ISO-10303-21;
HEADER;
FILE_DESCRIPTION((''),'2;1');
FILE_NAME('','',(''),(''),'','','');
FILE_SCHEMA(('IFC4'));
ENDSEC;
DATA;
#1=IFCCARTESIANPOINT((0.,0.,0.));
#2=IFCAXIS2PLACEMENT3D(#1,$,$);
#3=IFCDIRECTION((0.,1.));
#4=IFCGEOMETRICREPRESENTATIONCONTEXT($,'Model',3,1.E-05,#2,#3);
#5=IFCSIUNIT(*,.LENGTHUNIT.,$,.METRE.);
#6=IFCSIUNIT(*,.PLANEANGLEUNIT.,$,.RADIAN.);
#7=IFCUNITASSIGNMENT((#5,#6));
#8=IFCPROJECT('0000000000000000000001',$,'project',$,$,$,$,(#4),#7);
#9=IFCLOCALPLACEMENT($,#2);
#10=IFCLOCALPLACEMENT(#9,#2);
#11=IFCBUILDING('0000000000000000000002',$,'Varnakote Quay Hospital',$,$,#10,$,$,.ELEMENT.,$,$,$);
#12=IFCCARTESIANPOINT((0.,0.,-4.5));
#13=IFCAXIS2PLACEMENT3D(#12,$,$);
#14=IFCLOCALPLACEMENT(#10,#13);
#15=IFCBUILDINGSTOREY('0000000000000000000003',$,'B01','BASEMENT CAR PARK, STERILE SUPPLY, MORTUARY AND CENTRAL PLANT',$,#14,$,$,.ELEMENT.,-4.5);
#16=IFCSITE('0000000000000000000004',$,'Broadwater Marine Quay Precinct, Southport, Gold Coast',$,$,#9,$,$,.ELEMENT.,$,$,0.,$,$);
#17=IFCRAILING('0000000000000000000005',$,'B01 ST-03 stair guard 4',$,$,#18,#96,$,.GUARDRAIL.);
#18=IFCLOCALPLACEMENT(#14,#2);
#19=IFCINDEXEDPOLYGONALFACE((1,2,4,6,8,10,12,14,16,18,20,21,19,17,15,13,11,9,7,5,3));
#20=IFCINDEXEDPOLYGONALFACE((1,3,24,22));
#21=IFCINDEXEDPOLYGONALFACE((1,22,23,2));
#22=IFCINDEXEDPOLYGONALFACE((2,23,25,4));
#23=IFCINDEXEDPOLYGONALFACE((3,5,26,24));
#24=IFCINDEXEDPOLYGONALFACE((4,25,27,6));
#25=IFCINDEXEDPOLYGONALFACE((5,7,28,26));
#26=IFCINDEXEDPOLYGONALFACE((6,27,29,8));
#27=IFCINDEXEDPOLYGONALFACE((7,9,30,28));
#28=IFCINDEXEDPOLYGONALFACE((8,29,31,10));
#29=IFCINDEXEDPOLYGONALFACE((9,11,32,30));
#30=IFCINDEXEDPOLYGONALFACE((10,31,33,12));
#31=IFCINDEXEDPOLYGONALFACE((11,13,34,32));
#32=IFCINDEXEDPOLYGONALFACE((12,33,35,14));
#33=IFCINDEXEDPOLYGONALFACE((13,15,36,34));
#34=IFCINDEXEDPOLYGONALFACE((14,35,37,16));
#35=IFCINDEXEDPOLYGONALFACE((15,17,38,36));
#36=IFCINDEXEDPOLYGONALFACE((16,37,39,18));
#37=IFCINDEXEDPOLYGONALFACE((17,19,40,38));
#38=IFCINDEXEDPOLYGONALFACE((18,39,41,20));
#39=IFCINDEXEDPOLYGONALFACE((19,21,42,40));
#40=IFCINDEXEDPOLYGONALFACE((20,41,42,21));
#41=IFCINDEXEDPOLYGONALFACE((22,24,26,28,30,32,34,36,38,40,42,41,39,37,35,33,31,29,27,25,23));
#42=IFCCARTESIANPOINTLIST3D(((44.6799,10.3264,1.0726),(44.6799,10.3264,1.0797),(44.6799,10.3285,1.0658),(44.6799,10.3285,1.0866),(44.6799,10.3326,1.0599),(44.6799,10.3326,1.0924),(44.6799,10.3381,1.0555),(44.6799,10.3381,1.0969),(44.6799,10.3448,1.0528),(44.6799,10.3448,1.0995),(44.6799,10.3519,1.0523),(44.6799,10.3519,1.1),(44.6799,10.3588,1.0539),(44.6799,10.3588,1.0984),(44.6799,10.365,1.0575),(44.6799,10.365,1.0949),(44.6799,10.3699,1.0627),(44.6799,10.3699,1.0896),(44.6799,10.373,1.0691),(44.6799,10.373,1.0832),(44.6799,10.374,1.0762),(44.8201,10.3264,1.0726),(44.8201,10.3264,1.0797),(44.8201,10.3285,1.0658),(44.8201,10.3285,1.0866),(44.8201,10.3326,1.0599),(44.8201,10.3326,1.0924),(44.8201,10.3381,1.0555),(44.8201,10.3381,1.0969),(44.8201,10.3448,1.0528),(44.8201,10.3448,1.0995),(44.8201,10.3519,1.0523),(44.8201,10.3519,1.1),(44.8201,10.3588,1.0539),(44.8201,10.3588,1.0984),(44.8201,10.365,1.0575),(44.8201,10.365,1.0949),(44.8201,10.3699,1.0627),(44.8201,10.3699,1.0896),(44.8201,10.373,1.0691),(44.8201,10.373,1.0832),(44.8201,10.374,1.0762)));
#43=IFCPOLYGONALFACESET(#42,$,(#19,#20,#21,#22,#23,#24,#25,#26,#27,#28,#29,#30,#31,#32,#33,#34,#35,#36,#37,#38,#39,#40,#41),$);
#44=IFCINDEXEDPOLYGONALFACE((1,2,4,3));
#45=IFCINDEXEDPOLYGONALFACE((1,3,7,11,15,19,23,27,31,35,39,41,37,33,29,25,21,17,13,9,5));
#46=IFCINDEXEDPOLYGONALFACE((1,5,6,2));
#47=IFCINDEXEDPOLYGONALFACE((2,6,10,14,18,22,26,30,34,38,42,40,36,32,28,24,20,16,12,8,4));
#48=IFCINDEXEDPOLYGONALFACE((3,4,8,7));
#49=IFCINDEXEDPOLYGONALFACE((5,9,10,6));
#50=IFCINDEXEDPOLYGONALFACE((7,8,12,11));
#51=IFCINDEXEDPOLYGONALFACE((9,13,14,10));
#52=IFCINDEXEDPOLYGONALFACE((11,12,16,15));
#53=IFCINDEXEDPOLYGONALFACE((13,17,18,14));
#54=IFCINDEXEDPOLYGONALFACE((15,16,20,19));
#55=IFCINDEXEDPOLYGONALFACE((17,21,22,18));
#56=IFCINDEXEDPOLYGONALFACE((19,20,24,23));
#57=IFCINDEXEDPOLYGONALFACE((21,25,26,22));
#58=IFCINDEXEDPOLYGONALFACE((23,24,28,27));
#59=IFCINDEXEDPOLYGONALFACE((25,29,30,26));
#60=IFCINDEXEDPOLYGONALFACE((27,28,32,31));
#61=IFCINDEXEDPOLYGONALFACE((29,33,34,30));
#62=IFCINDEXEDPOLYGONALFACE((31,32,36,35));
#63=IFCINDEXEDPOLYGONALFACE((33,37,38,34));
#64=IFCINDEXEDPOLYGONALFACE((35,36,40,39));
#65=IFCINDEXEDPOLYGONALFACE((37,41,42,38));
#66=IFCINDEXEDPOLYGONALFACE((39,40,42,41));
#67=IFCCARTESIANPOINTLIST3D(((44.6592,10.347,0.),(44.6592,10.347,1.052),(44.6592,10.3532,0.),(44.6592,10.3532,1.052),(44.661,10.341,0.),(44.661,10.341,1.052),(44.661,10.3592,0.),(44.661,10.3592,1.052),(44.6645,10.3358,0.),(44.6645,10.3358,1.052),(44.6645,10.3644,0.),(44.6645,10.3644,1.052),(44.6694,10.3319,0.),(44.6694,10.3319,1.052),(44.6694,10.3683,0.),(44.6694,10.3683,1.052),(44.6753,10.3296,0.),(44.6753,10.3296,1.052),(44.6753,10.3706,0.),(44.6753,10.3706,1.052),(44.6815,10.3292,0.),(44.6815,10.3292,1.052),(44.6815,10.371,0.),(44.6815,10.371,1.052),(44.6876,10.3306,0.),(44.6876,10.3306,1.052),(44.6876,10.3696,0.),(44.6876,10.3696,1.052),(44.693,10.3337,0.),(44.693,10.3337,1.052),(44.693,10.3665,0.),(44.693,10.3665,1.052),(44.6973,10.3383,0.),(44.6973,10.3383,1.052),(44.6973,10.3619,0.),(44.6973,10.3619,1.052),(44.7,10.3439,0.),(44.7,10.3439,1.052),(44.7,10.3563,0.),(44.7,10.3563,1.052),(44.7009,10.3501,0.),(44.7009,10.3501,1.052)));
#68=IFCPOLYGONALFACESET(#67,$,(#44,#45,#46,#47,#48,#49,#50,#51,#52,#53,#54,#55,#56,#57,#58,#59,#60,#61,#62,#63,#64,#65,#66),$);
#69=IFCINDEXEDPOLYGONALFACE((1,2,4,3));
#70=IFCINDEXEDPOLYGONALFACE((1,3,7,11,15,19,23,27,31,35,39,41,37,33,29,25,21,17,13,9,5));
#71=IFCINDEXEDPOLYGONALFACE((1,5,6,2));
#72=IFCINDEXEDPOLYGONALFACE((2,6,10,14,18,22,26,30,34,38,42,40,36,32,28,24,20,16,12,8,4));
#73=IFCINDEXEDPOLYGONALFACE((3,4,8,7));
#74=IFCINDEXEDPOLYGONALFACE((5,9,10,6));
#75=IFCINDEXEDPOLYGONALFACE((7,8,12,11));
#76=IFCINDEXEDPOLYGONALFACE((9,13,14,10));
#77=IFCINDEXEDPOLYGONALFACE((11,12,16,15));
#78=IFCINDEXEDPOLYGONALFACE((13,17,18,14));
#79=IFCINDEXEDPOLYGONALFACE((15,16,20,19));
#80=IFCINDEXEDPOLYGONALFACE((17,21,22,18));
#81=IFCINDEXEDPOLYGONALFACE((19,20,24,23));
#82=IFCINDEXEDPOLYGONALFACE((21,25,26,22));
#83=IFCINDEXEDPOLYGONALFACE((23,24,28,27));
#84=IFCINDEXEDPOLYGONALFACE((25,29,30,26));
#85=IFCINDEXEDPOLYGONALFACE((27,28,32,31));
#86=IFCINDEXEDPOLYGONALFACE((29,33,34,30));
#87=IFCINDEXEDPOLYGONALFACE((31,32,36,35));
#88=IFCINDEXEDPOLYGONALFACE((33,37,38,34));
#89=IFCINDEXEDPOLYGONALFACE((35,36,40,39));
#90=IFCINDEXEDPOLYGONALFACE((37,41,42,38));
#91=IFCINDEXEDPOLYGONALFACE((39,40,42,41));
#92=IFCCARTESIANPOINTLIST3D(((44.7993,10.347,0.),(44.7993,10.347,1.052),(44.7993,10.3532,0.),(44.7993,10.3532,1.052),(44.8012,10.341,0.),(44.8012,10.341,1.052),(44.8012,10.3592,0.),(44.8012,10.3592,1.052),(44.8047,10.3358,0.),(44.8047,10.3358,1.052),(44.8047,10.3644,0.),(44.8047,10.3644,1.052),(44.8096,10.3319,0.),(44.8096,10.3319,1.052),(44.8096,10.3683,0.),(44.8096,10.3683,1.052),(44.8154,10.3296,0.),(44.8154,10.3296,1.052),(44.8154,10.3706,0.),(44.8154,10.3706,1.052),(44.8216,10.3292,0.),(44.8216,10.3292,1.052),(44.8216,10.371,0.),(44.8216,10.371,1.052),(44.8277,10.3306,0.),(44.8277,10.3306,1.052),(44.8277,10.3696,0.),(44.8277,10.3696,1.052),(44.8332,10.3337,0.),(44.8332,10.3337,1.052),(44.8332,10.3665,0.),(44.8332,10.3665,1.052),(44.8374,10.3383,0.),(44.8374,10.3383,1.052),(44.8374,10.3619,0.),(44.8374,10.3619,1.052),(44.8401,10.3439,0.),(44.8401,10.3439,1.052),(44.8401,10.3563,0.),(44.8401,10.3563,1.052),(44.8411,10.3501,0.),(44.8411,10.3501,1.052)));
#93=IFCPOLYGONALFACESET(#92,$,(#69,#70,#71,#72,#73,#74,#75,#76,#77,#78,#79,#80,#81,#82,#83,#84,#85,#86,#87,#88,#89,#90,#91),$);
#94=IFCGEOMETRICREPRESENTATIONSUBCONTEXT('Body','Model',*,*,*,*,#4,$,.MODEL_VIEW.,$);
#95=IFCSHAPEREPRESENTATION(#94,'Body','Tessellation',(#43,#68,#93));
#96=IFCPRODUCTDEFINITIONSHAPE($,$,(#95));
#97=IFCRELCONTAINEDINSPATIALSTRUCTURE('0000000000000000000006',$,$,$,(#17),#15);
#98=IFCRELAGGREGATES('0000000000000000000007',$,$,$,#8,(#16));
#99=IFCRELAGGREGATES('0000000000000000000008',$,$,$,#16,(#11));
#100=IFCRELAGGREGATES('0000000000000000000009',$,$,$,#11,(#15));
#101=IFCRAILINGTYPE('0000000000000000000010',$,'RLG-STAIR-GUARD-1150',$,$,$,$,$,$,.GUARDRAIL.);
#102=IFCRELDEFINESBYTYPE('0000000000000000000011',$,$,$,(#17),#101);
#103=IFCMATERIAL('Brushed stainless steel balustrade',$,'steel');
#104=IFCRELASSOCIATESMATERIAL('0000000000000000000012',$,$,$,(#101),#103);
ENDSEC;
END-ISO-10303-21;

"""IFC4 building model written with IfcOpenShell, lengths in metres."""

from ifc_helpers import new_model, si_unit, direction, frame, origin, origin_2d, place, context, subcontext, project, spatial, circle, extrude, material, type_object, element, save


model = new_model("IFC4")

# Units and contexts
model_context = context("Model", 3, precision=1e-05, world=origin(), true_north=direction((0.0, 1.0)))
body_context = subcontext(model_context, "Body", "Model", "MODEL_VIEW")
ifc_project = project(units=[si_unit("LENGTHUNIT", "METRE"), si_unit("PLANEANGLEUNIT", "RADIAN")], contexts=[model_context])

# Site, building, storey
site_placement = place(None, origin())
site = spatial("IfcSite", under=ifc_project, at=site_placement, Name="Broadwater Marine Quay Precinct, Southport, Gold Coast", CompositionType="ELEMENT", RefElevation=0.0)
building_placement = place(site_placement, origin())
building = spatial("IfcBuilding", under=site, at=building_placement, Name="Varnakote Quay Hospital", CompositionType="ELEMENT")
storey_placement = place(building_placement, frame((0.0, 0.0, -4.5)))
storey = spatial("IfcBuildingStorey", under=building, at=storey_placement, Name="B01", Description="BASEMENT CAR PARK, STERILE SUPPLY, MORTUARY AND CENTRAL PLANT", CompositionType="ELEMENT", Elevation=-4.5)

# Railing
ifc_material_1 = material(Name="Brushed stainless steel balustrade", Category="steel")
railing_type_1 = type_object("IfcRailingType", Name="RLG-STAIR-GUARD-1150", PredefinedType="GUARDRAIL", material=ifc_material_1)
railing_1_placement = place(storey_placement, frame((44.6799, 10.3501, 0.0)))
element("IfcRailing", 1, at=railing_1_placement, inside=storey, type_object=railing_type_1, Name="B01 ST-03 stair guard 4", PredefinedType="GUARDRAIL", context=body_context, shape_type="SweptSolid", body=[
    extrude(circle(Radius=0.0239, at=origin_2d()), frame((0.0, 0.0, 1.0762), z_axis=(1.0, 0.0, 0.0), x_axis=(0.0, 1.0, 0.0)), (0.0, 0.0, 1.0), 0.1401),
    extrude(circle(Radius=0.021, at=origin_2d()), origin(), (0.0, 0.0, 1.0), 1.052),
    extrude(circle(Radius=0.021, at=origin_2d()), frame((0.1401, 0.0, 0.0)), (0.0, 0.0, 1.0), 1.052),
])

save(model, "model.ifc")
